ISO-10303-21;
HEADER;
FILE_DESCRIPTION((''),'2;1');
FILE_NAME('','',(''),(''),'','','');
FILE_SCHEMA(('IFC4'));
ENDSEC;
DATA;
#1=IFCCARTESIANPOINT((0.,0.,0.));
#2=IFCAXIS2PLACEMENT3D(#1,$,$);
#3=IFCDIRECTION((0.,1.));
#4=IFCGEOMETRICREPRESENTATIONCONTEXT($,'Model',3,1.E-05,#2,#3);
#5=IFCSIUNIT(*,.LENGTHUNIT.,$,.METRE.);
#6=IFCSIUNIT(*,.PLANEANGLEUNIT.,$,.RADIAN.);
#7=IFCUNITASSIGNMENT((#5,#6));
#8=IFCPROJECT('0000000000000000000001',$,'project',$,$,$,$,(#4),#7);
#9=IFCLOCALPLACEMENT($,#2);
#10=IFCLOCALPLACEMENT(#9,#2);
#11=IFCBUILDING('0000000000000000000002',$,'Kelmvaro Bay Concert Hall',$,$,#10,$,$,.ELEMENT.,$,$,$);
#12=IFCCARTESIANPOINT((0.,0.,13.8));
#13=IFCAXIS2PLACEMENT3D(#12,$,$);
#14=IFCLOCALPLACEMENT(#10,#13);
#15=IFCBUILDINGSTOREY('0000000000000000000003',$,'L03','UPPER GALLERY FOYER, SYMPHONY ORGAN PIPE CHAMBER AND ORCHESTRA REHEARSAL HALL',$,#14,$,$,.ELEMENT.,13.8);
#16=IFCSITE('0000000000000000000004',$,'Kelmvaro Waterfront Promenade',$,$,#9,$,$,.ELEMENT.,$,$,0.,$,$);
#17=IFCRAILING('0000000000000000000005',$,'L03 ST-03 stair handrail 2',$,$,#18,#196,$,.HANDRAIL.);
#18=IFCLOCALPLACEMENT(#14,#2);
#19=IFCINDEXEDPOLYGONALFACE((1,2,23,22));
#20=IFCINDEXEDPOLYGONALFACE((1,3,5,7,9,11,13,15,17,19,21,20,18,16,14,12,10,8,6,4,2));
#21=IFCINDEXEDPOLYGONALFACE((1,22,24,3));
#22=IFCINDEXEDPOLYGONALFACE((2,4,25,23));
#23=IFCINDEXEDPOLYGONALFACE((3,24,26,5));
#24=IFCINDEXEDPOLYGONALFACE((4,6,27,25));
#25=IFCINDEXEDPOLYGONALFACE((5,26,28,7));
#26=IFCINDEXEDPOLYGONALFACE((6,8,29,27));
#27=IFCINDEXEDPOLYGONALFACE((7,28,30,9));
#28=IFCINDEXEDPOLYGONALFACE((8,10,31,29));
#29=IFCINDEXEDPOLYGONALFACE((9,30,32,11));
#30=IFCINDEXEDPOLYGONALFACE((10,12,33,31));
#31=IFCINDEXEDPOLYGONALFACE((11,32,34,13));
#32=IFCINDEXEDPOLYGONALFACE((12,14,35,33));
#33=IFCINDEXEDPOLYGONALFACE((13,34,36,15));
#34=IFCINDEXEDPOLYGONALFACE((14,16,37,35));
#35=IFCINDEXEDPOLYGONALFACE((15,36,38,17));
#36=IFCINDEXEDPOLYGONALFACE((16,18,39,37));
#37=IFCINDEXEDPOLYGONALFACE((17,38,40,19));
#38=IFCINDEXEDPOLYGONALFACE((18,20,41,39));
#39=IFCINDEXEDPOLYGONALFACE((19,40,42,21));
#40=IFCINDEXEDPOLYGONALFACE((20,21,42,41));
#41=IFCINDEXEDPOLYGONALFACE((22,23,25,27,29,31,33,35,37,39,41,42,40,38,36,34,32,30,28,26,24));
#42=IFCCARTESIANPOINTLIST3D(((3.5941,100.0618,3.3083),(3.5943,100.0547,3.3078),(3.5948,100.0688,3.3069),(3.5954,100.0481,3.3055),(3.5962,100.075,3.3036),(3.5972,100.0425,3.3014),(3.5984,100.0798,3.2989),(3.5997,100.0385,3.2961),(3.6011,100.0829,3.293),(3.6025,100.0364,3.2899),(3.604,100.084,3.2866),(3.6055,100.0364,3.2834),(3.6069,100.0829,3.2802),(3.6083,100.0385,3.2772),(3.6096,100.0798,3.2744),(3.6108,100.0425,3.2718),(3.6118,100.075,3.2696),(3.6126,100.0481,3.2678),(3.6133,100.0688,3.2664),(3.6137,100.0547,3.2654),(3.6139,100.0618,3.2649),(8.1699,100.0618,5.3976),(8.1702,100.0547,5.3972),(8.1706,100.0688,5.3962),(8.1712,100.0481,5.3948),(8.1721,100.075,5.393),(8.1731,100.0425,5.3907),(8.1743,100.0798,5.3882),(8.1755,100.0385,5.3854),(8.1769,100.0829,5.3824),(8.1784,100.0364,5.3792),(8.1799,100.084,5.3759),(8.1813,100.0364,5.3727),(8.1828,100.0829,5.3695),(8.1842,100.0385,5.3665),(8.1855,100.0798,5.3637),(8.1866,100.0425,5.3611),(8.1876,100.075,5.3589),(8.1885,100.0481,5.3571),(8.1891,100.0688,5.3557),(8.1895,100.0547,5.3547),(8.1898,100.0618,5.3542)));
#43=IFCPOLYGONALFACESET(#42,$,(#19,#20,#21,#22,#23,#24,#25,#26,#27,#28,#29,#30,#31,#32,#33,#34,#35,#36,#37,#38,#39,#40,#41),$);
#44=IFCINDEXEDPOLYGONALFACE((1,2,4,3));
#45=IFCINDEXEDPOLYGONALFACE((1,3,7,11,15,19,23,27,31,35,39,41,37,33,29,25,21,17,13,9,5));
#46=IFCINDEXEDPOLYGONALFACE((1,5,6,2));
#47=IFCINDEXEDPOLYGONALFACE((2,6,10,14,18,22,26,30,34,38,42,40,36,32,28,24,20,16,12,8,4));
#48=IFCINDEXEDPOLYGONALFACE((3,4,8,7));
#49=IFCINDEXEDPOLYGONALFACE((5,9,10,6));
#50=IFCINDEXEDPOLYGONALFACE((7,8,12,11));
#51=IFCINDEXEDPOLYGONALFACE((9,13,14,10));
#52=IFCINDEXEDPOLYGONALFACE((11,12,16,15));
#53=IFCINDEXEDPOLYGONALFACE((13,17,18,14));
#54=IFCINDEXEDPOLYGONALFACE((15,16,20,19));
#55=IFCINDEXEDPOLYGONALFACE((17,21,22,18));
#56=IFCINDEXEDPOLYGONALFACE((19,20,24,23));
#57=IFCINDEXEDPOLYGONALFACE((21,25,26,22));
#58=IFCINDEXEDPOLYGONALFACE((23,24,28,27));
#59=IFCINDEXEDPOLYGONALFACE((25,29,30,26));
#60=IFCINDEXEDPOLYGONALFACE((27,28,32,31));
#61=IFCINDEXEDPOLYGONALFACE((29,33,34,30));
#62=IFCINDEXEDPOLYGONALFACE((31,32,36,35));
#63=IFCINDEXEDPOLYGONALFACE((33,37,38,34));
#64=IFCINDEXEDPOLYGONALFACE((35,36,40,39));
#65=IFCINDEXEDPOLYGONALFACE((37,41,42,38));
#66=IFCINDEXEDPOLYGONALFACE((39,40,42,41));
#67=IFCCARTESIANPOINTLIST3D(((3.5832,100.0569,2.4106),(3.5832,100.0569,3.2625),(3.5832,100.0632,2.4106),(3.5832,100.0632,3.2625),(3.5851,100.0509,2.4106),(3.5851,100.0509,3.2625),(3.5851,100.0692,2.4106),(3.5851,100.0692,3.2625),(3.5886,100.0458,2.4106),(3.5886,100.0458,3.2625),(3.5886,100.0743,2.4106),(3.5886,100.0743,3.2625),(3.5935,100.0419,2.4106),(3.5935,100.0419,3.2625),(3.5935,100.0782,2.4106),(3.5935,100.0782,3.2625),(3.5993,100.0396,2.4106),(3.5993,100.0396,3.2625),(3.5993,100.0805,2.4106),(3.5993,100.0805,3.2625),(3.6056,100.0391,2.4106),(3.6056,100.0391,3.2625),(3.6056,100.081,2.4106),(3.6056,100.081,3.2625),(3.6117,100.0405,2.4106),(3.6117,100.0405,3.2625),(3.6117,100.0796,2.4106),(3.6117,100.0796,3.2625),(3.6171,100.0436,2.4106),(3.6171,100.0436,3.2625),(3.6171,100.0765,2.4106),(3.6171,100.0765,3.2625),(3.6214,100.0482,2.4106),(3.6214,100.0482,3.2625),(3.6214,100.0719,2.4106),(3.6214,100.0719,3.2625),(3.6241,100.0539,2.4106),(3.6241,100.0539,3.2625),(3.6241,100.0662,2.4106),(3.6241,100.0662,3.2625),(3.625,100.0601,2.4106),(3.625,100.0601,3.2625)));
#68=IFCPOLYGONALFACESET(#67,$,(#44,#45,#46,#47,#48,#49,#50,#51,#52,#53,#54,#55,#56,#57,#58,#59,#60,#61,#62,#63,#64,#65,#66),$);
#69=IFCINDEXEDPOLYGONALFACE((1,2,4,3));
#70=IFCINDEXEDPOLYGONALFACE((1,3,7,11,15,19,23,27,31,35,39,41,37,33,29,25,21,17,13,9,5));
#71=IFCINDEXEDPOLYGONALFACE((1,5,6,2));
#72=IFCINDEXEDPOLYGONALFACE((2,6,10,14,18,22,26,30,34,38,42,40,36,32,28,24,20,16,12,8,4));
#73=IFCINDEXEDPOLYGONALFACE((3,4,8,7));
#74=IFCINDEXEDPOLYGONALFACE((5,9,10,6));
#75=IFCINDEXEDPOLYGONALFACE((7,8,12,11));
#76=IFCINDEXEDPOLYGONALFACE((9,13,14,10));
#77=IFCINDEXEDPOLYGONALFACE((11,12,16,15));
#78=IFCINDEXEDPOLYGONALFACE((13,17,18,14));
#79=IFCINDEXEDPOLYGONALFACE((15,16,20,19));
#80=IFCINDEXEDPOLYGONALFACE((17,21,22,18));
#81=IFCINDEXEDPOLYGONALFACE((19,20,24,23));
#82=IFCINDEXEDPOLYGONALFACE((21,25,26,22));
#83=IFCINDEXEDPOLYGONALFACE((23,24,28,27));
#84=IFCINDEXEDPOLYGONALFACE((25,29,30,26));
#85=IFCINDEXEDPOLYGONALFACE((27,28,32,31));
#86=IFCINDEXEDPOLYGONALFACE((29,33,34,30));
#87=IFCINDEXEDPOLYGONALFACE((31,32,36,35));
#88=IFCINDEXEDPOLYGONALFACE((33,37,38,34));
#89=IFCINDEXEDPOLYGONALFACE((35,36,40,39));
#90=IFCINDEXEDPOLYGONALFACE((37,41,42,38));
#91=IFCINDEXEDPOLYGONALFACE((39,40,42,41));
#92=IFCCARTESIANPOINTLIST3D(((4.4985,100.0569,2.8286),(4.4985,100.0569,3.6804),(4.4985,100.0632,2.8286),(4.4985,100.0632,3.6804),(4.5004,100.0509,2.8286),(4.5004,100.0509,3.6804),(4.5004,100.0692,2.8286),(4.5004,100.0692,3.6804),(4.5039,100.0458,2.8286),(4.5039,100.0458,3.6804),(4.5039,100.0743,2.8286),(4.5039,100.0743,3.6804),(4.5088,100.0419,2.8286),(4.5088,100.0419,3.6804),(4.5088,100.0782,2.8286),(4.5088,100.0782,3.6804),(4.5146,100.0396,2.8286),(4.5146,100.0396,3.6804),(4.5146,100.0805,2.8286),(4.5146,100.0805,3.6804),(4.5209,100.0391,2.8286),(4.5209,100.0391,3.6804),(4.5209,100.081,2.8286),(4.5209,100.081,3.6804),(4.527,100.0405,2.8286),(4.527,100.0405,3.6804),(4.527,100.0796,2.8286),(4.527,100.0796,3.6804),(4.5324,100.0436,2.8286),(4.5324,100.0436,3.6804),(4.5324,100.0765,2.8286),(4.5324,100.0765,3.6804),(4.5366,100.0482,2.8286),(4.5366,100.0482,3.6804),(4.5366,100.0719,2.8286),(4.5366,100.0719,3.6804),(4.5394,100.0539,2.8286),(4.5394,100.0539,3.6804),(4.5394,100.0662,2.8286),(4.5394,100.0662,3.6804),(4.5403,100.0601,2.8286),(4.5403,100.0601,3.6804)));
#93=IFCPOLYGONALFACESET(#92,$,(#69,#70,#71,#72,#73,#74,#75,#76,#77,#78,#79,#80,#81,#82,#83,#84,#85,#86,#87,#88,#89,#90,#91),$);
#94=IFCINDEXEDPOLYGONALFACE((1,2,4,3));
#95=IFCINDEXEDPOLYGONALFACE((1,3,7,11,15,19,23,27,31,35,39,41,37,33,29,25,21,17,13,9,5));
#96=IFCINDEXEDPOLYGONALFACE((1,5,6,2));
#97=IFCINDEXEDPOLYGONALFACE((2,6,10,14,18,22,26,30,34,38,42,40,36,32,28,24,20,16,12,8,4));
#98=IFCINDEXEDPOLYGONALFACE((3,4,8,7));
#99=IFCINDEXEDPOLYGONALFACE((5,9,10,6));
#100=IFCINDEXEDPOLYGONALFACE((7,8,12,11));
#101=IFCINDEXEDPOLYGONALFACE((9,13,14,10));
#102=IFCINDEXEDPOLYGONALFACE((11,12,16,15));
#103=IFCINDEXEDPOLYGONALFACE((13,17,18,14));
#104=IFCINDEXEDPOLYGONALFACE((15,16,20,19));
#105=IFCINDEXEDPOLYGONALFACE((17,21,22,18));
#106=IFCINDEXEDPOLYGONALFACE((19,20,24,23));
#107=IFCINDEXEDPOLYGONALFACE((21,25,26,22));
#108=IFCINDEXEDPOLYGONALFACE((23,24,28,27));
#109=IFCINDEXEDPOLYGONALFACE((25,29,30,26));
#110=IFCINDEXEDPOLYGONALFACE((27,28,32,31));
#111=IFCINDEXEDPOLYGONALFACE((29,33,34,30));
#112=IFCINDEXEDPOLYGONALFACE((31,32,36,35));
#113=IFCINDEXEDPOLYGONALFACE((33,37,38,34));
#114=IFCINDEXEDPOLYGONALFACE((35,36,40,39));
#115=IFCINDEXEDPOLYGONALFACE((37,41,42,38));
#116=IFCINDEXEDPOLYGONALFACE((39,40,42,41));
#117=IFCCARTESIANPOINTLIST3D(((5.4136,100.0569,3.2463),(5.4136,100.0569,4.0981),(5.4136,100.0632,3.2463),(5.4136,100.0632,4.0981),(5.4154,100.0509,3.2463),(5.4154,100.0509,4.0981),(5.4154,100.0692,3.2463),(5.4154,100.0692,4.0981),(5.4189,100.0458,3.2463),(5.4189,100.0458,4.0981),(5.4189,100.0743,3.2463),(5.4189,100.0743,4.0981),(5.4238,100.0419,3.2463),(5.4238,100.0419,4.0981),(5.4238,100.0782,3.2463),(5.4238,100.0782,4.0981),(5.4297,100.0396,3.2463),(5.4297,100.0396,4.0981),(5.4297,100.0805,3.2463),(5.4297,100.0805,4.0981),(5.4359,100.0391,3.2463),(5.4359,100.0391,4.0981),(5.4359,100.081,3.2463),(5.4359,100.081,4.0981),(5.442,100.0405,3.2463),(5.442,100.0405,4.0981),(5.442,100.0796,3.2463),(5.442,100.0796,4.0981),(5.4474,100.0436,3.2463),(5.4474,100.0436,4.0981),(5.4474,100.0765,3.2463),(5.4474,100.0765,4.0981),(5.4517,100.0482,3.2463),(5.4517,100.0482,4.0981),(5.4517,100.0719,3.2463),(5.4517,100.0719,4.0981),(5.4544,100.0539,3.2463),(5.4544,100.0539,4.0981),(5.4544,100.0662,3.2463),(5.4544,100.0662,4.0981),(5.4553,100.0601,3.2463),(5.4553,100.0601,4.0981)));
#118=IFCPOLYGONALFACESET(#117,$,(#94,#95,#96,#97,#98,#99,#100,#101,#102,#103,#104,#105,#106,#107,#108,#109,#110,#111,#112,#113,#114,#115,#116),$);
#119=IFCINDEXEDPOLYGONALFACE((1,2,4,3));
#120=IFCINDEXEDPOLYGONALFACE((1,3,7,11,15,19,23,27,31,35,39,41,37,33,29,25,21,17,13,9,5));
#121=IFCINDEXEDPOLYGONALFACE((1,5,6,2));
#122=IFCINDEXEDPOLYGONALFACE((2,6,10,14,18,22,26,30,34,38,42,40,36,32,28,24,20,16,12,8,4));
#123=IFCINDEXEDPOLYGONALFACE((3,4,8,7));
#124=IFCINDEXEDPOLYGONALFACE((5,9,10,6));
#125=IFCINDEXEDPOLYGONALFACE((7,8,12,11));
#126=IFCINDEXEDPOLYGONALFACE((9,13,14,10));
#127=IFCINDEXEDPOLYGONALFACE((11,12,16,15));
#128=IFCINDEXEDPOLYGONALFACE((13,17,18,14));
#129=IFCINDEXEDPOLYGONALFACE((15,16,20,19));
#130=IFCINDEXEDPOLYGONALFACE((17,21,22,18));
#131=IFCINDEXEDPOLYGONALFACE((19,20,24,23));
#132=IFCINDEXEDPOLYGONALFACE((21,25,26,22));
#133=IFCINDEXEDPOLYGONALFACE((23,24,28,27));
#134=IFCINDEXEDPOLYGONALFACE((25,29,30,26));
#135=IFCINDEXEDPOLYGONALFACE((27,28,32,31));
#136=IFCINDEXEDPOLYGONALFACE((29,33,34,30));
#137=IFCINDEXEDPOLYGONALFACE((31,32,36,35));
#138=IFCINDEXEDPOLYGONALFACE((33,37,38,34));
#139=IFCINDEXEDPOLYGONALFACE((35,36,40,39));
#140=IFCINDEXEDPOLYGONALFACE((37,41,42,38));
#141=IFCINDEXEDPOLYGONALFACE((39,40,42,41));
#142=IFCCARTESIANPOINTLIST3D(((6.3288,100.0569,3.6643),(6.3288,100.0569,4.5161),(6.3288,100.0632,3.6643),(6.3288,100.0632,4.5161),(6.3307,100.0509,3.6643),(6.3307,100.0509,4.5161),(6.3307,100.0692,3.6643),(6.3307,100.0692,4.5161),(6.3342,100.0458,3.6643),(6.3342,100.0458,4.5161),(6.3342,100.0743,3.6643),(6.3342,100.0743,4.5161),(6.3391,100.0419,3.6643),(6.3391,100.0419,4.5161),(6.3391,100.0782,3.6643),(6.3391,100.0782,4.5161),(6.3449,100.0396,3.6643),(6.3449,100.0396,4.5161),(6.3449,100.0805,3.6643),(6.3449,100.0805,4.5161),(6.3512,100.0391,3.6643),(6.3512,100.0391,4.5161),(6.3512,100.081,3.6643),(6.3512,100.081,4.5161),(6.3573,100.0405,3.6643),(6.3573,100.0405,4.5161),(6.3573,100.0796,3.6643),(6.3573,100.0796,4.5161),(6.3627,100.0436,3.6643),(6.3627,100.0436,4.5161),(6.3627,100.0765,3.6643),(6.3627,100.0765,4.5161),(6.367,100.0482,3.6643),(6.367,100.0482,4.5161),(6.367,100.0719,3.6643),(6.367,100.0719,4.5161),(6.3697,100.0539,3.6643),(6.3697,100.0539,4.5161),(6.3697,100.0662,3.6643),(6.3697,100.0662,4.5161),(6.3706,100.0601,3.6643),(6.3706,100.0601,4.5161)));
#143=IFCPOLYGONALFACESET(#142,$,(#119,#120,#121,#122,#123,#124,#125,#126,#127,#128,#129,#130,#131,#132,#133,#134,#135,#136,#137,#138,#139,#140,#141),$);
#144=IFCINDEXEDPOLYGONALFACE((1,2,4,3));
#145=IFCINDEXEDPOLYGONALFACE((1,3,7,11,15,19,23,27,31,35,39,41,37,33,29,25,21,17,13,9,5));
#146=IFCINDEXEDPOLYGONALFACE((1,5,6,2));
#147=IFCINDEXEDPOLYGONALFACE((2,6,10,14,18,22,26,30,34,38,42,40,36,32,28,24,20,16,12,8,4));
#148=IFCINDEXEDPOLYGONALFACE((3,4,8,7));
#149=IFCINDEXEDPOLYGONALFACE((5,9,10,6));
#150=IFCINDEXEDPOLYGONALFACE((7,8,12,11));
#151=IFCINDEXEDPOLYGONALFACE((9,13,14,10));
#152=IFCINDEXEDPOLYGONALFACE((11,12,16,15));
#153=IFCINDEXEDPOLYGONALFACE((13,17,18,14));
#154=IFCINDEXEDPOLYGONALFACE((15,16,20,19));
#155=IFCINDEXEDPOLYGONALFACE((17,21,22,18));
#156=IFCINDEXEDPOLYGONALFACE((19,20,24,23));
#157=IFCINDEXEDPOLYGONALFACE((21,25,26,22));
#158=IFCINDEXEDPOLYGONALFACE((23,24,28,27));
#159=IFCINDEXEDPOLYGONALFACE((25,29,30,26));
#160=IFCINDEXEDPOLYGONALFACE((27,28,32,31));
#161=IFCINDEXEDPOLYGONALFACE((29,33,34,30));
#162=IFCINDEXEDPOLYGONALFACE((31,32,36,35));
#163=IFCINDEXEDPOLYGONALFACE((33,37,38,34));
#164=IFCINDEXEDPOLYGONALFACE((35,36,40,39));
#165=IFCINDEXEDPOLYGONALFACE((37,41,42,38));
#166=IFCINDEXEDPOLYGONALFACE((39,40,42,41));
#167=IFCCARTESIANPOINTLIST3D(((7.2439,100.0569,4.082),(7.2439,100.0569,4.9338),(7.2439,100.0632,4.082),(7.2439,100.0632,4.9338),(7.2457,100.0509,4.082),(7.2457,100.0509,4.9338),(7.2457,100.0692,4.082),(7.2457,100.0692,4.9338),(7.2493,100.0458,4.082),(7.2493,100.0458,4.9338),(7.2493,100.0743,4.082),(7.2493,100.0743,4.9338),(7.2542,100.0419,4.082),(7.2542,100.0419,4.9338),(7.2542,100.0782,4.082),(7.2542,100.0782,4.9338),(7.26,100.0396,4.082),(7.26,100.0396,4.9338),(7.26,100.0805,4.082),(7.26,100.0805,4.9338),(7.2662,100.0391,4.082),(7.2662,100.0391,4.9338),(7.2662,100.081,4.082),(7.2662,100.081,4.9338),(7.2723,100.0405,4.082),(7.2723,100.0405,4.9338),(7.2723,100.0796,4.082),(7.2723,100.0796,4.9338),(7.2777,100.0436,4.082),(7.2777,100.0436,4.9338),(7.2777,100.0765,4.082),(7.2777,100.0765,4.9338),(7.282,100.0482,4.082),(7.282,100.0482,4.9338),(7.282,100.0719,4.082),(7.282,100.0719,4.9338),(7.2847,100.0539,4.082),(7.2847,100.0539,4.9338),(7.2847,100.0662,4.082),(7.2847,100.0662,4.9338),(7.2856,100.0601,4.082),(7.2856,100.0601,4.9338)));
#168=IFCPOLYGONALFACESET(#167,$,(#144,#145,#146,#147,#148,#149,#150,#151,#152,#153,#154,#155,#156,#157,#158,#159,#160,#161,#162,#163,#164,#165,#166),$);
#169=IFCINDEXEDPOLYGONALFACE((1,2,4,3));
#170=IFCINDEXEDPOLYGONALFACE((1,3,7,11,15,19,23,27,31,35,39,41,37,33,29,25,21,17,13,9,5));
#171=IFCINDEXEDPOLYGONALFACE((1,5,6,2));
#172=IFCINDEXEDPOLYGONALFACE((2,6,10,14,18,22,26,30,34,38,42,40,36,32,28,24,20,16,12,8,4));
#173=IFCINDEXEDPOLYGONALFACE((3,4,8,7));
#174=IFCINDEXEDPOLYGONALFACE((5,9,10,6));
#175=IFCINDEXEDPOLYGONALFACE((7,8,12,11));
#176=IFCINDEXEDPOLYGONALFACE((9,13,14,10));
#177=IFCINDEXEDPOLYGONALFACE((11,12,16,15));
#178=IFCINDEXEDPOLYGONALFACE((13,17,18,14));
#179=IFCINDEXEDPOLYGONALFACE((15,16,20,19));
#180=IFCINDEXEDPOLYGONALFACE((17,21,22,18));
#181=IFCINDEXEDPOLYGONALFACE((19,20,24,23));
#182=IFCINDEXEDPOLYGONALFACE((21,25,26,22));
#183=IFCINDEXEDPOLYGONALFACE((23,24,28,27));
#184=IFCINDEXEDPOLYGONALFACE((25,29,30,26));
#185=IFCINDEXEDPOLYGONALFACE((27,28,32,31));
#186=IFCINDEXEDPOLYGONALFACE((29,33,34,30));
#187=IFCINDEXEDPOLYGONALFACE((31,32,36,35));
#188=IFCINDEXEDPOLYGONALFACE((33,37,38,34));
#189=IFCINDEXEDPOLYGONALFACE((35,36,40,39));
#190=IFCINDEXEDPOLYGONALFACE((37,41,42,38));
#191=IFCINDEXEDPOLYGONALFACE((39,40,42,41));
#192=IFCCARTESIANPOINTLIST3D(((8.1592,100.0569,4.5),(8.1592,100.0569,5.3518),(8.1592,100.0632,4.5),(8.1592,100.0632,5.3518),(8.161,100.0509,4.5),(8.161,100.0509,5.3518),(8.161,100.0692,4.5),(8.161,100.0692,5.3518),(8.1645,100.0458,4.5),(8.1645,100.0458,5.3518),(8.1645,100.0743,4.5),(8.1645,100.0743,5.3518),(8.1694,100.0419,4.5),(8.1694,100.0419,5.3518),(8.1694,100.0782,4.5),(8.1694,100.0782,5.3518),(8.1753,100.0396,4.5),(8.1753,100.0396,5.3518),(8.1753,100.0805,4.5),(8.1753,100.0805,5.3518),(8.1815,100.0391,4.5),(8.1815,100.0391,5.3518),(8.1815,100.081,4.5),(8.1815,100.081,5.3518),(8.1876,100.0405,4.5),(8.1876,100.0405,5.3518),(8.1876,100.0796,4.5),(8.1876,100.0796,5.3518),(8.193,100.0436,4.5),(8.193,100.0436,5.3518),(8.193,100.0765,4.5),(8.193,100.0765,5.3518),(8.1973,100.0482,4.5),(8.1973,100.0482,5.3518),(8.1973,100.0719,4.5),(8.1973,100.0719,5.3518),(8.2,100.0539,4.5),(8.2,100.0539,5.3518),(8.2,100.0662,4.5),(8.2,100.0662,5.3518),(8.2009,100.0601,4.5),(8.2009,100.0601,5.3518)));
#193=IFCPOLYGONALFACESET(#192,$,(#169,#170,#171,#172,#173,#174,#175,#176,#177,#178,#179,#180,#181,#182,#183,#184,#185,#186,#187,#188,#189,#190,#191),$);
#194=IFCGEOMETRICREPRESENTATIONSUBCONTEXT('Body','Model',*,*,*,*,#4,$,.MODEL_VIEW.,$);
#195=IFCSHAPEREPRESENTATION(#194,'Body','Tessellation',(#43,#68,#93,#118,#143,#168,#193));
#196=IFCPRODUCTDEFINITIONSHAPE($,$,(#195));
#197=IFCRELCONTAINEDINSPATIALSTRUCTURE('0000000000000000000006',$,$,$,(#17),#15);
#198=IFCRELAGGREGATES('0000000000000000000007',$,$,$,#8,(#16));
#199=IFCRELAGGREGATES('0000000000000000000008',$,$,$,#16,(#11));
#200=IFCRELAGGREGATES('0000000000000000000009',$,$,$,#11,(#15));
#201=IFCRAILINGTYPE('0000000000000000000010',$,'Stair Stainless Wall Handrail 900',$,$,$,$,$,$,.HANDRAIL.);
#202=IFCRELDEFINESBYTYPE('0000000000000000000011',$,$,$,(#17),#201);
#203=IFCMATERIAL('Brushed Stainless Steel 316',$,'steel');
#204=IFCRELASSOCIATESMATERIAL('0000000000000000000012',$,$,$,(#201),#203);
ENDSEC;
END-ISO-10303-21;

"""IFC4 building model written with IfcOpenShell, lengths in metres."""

from ifc_helpers import new_model, si_unit, direction, frame, origin, origin_2d, place, context, subcontext, project, spatial, circle, extrude, material, type_object, element, save


model = new_model("IFC4")

# Units and contexts
model_context = context("Model", 3, precision=1e-05, world=origin(), true_north=direction((0.0, 1.0)))
body_context = subcontext(model_context, "Body", "Model", "MODEL_VIEW")
ifc_project = project(units=[si_unit("LENGTHUNIT", "METRE"), si_unit("PLANEANGLEUNIT", "RADIAN")], contexts=[model_context])

# Site, building, storey
site_placement = place(None, origin())
site = spatial("IfcSite", under=ifc_project, at=site_placement, Name="Kelmvaro Waterfront Promenade", CompositionType="ELEMENT", RefElevation=0.0)
building_placement = place(site_placement, origin())
building = spatial("IfcBuilding", under=site, at=building_placement, Name="Kelmvaro Bay Concert Hall", CompositionType="ELEMENT")
storey_placement = place(building_placement, frame((0.0, 0.0, 13.8)))
storey = spatial("IfcBuildingStorey", under=building, at=storey_placement, Name="L03", Description="UPPER GALLERY FOYER, SYMPHONY ORGAN PIPE CHAMBER AND ORCHESTRA REHEARSAL HALL", CompositionType="ELEMENT", Elevation=13.8)

# Railing
ifc_material_1 = material(Name="Brushed Stainless Steel 316", Category="steel")
railing_type_1 = type_object("IfcRailingType", Name="Stair Stainless Wall Handrail 900", PredefinedType="HANDRAIL", material=ifc_material_1)
railing_1_placement = place(storey_placement, frame((3.604, 100.0601, 2.4106)))
element("IfcRailing", 1, at=railing_1_placement, inside=storey, type_object=railing_type_1, Name="L03 ST-03 stair handrail 2", PredefinedType="HANDRAIL", context=body_context, shape_type="SweptSolid", body=[
    extrude(circle(Radius=0.0239, at=origin_2d()), frame((0.0, 0.0, 0.876), z_axis=(0.909662, 0.0, 0.415349), x_axis=(0.0, 1.0, 0.0)), (0.0, 0.0, 1.0), 5.0303),
    extrude(circle(Radius=0.021, at=origin_2d()), origin(), (0.0, 0.0, 1.0), 0.8518),
    extrude(circle(Radius=0.021, at=origin_2d()), frame((0.9153, 0.0, 0.418)), (0.0, 0.0, 1.0), 0.8518),
    extrude(circle(Radius=0.021, at=origin_2d()), frame((1.8303, 0.0, 0.8357)), (0.0, 0.0, 1.0), 0.8518),
    extrude(circle(Radius=0.021, at=origin_2d()), frame((2.7456, 0.0, 1.2537)), (0.0, 0.0, 1.0), 0.8518),
    extrude(circle(Radius=0.021, at=origin_2d()), frame((3.6606, 0.0, 1.6714)), (0.0, 0.0, 1.0), 0.8518),
    extrude(circle(Radius=0.021, at=origin_2d()), frame((4.5759, 0.0, 2.0894)), (0.0, 0.0, 1.0), 0.8518),
])

save(model, "model.ifc")
